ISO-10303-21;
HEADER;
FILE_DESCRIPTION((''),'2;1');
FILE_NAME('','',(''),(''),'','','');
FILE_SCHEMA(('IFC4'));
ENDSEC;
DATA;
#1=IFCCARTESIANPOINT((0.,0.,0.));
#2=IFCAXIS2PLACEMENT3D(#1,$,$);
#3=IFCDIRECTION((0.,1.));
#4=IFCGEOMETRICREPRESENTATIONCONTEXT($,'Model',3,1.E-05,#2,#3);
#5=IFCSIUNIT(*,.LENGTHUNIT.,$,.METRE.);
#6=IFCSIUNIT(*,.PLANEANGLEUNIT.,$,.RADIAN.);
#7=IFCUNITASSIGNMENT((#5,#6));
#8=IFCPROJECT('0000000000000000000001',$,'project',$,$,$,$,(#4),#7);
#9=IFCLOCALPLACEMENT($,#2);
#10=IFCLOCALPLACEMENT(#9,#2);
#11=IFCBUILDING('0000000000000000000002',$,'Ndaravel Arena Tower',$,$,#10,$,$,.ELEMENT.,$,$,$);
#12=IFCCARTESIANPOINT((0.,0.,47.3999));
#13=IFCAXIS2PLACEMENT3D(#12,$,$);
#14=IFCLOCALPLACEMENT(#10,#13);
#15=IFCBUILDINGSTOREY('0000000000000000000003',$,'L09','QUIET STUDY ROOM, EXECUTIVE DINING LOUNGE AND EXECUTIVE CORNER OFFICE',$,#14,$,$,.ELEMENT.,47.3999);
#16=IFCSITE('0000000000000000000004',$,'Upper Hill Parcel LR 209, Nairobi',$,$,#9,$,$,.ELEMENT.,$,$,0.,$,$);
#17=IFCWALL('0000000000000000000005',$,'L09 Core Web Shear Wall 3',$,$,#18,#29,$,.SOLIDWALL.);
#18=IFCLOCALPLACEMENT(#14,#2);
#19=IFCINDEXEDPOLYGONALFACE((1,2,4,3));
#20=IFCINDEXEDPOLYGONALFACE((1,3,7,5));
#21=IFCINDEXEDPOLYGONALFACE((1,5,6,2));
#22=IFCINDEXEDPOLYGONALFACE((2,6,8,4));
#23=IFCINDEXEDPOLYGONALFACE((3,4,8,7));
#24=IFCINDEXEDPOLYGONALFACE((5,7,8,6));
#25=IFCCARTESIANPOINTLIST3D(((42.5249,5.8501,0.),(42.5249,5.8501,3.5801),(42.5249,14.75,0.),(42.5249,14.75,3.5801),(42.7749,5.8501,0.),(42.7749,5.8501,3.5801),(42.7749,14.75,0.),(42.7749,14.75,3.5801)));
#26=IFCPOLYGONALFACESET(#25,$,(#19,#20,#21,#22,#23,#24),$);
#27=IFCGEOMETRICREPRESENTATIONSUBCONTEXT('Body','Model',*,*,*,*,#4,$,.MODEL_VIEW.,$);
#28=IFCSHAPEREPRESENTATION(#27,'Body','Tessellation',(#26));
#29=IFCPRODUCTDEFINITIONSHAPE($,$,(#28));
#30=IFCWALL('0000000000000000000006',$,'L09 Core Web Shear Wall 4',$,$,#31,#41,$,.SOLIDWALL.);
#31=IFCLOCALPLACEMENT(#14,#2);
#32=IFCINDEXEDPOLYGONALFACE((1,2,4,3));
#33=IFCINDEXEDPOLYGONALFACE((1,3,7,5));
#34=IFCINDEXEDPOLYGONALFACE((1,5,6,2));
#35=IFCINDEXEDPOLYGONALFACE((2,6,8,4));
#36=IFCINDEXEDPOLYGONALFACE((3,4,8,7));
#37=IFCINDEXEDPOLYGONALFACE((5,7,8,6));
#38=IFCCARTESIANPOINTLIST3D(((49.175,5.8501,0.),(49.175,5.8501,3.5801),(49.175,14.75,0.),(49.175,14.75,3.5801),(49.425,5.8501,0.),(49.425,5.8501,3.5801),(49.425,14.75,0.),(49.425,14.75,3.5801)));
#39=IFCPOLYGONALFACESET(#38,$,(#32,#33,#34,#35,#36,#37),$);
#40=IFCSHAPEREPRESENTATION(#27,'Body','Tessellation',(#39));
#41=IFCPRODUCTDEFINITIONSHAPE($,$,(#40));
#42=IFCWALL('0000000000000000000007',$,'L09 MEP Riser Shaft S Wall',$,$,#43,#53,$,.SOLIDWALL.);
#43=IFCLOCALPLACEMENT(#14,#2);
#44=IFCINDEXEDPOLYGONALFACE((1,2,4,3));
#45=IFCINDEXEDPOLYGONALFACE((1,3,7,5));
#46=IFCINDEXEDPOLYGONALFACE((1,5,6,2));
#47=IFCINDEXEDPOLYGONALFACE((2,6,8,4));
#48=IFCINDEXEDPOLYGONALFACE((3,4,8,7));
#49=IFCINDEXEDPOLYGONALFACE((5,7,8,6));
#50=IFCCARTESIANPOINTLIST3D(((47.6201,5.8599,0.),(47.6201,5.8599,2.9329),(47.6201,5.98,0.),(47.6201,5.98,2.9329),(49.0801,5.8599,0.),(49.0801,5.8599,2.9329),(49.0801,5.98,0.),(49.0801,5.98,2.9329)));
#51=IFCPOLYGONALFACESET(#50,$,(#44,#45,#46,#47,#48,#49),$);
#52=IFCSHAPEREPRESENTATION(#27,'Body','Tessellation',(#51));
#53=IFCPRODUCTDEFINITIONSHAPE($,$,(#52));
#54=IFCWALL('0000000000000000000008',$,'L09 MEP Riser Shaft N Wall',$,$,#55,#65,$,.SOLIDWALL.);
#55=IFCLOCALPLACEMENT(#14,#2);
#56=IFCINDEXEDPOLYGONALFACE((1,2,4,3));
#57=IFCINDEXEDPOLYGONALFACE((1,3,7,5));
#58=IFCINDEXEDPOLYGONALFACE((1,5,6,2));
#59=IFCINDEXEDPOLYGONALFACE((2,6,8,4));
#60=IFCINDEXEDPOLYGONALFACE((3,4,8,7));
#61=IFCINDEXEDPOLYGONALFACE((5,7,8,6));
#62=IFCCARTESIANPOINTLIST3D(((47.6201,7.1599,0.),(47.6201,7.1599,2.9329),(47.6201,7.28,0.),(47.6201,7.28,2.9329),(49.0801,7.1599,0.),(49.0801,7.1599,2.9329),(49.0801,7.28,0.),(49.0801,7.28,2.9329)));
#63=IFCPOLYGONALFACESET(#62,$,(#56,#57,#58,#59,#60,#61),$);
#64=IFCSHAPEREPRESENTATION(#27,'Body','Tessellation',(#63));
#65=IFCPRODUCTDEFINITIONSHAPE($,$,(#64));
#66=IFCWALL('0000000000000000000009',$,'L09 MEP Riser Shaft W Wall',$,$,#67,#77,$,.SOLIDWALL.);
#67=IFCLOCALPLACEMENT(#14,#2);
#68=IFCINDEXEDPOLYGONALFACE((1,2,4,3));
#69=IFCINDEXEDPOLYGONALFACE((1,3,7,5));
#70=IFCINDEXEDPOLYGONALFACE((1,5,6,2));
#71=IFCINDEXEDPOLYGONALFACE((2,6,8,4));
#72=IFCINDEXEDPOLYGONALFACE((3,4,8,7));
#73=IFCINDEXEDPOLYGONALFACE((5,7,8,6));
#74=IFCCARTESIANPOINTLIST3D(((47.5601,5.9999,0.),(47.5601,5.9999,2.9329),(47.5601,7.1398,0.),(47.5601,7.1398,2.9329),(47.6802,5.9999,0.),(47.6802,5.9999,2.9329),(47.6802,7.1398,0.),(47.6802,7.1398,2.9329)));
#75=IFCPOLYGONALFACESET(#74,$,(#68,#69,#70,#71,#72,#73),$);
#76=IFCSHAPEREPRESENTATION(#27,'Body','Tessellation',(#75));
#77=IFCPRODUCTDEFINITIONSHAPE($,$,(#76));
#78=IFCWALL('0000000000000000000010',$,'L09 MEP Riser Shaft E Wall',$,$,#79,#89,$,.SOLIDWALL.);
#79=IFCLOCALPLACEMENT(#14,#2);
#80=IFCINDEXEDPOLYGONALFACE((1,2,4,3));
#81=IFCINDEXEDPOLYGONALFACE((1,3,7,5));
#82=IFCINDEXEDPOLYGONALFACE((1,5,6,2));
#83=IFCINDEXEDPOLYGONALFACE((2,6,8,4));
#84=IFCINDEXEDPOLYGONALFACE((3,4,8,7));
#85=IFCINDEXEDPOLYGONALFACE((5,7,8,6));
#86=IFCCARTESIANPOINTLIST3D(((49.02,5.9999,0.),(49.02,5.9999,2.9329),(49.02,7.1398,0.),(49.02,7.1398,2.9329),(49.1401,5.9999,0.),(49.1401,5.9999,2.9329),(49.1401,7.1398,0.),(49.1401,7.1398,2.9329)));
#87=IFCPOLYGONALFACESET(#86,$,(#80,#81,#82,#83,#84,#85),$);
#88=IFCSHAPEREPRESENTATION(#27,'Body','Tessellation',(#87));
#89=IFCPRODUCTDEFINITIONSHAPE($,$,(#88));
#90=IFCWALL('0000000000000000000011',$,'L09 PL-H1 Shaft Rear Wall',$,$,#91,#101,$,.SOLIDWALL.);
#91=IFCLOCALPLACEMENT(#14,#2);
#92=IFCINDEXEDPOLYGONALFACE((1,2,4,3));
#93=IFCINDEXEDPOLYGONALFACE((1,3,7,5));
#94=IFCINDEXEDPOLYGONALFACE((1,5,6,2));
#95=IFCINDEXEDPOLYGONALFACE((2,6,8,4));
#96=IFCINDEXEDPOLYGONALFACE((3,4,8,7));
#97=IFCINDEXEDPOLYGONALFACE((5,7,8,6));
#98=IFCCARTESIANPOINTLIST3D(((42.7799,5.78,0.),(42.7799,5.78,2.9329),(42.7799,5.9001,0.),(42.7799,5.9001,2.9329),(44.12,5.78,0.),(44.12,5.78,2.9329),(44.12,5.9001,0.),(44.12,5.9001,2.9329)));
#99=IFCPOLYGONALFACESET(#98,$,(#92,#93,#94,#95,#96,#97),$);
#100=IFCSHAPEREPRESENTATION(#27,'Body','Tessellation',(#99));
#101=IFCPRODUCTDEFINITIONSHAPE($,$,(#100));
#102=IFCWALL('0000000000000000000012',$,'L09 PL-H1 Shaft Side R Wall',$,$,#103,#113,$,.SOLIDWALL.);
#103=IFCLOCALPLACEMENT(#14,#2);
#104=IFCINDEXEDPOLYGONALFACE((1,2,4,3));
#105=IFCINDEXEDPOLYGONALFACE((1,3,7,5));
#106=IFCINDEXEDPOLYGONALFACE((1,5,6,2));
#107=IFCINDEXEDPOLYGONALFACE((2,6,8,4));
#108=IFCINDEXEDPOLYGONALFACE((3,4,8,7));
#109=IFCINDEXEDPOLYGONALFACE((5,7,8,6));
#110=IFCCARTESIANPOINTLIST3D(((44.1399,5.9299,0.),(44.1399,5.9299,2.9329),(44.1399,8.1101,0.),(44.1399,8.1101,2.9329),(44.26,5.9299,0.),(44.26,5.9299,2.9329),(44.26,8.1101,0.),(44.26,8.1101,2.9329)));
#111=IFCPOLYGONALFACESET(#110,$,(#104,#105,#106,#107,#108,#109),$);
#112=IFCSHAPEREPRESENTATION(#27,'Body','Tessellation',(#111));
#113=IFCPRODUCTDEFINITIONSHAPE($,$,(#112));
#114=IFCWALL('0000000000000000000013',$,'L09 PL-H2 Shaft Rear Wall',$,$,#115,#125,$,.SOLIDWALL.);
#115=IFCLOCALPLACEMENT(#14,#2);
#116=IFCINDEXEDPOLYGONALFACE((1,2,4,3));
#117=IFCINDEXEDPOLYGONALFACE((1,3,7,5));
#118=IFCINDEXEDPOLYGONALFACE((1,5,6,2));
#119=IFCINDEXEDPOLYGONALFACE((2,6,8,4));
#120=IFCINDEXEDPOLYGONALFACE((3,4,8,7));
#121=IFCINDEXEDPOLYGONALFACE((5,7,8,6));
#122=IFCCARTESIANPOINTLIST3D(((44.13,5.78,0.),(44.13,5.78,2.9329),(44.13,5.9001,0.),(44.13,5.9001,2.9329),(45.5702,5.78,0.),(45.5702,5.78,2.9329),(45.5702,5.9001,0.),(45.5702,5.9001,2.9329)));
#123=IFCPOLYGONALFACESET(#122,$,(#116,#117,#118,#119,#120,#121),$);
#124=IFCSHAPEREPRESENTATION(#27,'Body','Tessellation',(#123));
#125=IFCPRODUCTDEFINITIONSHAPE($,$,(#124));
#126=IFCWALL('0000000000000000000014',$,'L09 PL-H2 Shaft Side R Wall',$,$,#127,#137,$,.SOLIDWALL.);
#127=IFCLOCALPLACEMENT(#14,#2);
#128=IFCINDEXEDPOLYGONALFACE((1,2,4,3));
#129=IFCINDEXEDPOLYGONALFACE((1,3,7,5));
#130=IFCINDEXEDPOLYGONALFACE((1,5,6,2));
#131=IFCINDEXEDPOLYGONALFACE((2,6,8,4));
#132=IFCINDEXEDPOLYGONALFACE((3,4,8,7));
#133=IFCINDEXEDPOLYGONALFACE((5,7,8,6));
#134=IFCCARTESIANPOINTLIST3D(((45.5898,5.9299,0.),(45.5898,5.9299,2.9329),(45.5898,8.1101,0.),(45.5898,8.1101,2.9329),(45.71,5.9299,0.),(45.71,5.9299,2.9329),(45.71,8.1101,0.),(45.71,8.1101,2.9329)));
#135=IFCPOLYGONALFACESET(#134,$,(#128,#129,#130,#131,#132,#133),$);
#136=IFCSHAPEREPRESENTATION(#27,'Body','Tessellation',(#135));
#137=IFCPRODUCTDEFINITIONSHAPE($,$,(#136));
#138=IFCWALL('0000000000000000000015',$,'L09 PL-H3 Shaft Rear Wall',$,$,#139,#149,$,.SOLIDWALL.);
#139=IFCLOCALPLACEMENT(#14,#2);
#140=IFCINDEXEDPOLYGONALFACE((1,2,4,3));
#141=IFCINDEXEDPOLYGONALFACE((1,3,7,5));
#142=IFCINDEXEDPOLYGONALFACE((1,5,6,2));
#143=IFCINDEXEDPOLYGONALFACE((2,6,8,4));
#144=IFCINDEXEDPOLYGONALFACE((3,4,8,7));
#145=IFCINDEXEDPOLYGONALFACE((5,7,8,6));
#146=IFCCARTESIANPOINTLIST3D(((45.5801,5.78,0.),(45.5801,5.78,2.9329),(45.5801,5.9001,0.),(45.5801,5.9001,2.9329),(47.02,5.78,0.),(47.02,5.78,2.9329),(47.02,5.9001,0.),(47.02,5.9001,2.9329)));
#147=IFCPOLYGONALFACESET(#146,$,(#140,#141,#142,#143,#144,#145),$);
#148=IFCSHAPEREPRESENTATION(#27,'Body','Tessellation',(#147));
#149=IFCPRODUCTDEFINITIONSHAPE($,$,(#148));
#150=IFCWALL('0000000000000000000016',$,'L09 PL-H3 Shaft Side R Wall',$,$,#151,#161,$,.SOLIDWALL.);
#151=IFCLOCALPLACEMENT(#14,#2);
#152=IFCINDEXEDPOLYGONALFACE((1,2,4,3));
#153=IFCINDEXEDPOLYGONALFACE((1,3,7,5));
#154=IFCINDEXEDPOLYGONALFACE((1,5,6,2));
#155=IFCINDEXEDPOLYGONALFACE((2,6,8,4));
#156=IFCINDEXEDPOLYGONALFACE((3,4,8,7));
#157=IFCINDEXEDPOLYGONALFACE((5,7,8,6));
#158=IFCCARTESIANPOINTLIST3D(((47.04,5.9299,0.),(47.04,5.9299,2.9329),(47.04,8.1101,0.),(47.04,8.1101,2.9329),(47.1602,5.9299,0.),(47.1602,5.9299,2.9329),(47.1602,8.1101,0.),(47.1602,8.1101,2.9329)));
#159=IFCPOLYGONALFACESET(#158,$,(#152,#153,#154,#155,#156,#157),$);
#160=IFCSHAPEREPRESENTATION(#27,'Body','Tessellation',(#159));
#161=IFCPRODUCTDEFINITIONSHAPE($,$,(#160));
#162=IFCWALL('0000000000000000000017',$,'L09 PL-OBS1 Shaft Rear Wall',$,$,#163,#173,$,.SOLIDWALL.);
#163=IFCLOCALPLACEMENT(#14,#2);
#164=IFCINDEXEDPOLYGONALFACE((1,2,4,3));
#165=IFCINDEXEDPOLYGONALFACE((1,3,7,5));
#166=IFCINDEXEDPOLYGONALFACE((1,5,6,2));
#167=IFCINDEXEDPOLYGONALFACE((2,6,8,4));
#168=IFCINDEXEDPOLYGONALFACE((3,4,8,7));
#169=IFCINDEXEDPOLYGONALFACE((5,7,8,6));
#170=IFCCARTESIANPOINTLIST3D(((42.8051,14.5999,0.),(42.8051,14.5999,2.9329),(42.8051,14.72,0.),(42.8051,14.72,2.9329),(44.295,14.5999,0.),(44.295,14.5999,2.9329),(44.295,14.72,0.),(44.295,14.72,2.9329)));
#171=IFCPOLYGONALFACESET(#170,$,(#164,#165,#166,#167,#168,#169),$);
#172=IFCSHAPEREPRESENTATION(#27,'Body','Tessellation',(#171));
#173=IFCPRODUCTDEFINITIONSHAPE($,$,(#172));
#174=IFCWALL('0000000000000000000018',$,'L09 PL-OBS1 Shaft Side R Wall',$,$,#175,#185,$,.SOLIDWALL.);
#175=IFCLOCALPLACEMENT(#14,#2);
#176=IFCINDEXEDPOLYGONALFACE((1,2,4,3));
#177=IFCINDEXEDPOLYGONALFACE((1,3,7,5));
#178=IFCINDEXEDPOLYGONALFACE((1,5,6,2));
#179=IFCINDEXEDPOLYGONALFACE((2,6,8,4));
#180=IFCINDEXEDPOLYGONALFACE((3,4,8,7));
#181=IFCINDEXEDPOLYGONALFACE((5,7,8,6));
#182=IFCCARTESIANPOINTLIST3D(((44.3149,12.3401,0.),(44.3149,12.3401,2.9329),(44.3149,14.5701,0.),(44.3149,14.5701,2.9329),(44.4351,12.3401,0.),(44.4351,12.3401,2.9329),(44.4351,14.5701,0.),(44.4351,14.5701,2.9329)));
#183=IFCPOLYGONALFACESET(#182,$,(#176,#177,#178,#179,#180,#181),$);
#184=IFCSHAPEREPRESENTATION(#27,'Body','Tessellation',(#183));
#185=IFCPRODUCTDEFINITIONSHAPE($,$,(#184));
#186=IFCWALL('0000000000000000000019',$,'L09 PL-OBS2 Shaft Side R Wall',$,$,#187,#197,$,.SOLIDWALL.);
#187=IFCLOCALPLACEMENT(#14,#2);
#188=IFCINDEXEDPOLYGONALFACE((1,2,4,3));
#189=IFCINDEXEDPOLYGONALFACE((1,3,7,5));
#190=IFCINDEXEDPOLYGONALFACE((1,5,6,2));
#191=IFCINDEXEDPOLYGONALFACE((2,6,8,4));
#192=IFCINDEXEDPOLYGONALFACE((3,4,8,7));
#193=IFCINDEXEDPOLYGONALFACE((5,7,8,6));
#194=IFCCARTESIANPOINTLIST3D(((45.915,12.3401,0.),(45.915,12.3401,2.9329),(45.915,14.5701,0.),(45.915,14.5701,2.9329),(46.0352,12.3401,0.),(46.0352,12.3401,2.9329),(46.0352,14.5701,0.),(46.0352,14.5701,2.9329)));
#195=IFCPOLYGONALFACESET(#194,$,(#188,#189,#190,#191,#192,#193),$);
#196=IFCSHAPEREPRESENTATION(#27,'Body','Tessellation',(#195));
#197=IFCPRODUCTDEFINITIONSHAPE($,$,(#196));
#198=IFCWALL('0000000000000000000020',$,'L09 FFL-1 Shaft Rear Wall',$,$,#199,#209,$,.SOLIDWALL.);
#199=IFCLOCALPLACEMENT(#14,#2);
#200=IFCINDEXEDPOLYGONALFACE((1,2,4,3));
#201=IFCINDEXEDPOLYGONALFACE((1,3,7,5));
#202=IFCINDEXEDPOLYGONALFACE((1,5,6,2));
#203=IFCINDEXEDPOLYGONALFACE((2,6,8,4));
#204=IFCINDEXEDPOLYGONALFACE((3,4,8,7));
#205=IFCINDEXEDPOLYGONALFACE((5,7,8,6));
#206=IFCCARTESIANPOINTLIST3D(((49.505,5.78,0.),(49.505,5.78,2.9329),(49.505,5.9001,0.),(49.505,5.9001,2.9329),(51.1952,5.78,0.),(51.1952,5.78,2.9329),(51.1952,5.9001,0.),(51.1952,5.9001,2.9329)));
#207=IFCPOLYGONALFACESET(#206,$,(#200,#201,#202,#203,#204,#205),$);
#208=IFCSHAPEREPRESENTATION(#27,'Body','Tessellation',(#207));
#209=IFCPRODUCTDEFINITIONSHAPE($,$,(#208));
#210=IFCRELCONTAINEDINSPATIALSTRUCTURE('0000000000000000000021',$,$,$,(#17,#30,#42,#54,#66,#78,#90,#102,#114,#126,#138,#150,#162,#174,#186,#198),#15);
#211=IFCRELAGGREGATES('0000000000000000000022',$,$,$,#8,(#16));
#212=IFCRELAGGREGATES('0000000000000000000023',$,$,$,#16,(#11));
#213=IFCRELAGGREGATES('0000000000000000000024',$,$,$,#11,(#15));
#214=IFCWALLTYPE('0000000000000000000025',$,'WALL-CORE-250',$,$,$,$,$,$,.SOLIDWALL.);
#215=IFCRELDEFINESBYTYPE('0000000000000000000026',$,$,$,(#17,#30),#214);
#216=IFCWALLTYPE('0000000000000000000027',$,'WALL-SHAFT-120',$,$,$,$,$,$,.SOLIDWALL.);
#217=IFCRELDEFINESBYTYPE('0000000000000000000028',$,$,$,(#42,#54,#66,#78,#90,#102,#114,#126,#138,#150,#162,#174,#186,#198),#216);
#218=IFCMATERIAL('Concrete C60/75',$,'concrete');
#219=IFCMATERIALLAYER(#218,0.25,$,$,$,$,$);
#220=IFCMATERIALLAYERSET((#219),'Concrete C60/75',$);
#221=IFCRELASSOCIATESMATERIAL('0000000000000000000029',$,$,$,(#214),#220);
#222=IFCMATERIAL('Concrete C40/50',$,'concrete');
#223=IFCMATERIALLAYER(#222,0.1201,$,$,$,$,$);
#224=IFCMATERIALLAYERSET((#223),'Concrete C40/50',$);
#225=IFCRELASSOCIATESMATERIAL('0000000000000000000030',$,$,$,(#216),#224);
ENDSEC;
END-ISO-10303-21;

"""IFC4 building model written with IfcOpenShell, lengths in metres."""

from ifc_helpers import new_model, si_unit, direction, frame, frame_2d, origin, place, context, subcontext, project, spatial, rectangle, extrude, material, layer, layer_set, type_object, element, save


model = new_model("IFC4")

# Units and contexts
model_context = context("Model", 3, precision=1e-05, world=origin(), true_north=direction((0.0, 1.0)))
body_context = subcontext(model_context, "Body", "Model", "MODEL_VIEW")
ifc_project = project(units=[si_unit("LENGTHUNIT", "METRE"), si_unit("PLANEANGLEUNIT", "RADIAN")], contexts=[model_context])

# Site, building, storey
site_placement = place(None, origin())
site = spatial("IfcSite", under=ifc_project, at=site_placement, Name="Upper Hill Parcel LR 209, Nairobi", CompositionType="ELEMENT", RefElevation=0.0)
building_placement = place(site_placement, origin())
building = spatial("IfcBuilding", under=site, at=building_placement, Name="Ndaravel Arena Tower", CompositionType="ELEMENT")
storey_placement = place(building_placement, frame((0.0, 0.0, 47.3999)))
storey = spatial("IfcBuildingStorey", under=building, at=storey_placement, Name="L09", Description="QUIET STUDY ROOM, EXECUTIVE DINING LOUNGE AND EXECUTIVE CORNER OFFICE", CompositionType="ELEMENT", Elevation=47.3999)

# Walls
ifc_material_1 = material(Name="Concrete C60/75", Category="concrete")
ifc_layer_1 = layer(ifc_material_1, 0.25)
ifc_layer_set_1 = layer_set([ifc_layer_1], Name="Concrete C60/75")
wall_type_1 = type_object("IfcWallType", Name="WALL-CORE-250", PredefinedType="SOLIDWALL", material=ifc_layer_set_1)
for number, where, z_axis, x_axis, name in (
    (1, (42.6499, 5.8501, 0.0), (0.0, 0.0, 1.0), (0.0, 1.0, 0.0), "L09 Core Web Shear Wall 3"),
    (2, (49.3, 5.8501, 0.0), (0.0, 0.0, 1.0), (0.0, 1.0, 0.0), "L09 Core Web Shear Wall 4"),
):
    element("IfcWall", number, at=place(storey_placement, frame(where, z_axis=z_axis, x_axis=x_axis)), inside=storey, type_object=wall_type_1, Name=name, PredefinedType="SOLIDWALL", context=body_context, shape_type="SweptSolid", body=[
        extrude(rectangle(XDim=8.8999, YDim=0.25, at=frame_2d((4.45, 0.0))), origin(), (0.0, 0.0, 1.0), 3.5801),
    ])
ifc_material_2 = material(Name="Concrete C40/50", Category="concrete")
ifc_layer_2 = layer(ifc_material_2, 0.1201)
ifc_layer_set_2 = layer_set([ifc_layer_2], Name="Concrete C40/50")
wall_type_2 = type_object("IfcWallType", Name="WALL-SHAFT-120", PredefinedType="SOLIDWALL", material=ifc_layer_set_2)
for number, where, z_axis, x_axis, name in (
    (3, (47.6201, 5.9199, 0.0), (0.0, 0.0, 1.0), (1.0, 0.0, 0.0), "L09 MEP Riser Shaft S Wall"),
    (4, (47.6201, 7.22, 0.0), (0.0, 0.0, 1.0), (1.0, 0.0, 0.0), "L09 MEP Riser Shaft N Wall"),
):
    element("IfcWall", number, at=place(storey_placement, frame(where, z_axis=z_axis, x_axis=x_axis)), inside=storey, type_object=wall_type_2, Name=name, PredefinedType="SOLIDWALL", context=body_context, shape_type="SweptSolid", body=[
        extrude(rectangle(XDim=1.46, YDim=0.1201, at=frame_2d((0.73, 0.0))), origin(), (0.0, 0.0, 1.0), 2.9329),
    ])
for number, where, z_axis, x_axis, name in (
    (5, (47.6201, 6.0, 0.0), (0.0, 0.0, 1.0), (0.0, 1.0, 0.0), "L09 MEP Riser Shaft W Wall"),
    (6, (49.0801, 6.0, 0.0), (0.0, 0.0, 1.0), (0.0, 1.0, 0.0), "L09 MEP Riser Shaft E Wall"),
):
    element("IfcWall", number, at=place(storey_placement, frame(where, z_axis=z_axis, x_axis=x_axis)), inside=storey, type_object=wall_type_2, Name=name, PredefinedType="SOLIDWALL", context=body_context, shape_type="SweptSolid", body=[
        extrude(rectangle(XDim=1.1399, YDim=0.1201, at=frame_2d((0.5698, 0.0))), origin(), (0.0, 0.0, 1.0), 2.9329),
    ])
wall_1_placement = place(storey_placement, frame((42.78, 5.8401, 0.0), z_axis=(0.0, 0.0, 1.0), x_axis=(1.0, 0.0, 0.0)))
element("IfcWall", 7, at=wall_1_placement, inside=storey, type_object=wall_type_2, Name="L09 PL-H1 Shaft Rear Wall", PredefinedType="SOLIDWALL", context=body_context, shape_type="SweptSolid", body=[
    extrude(rectangle(XDim=1.3401, YDim=0.1201, at=frame_2d((0.6699, 0.0))), origin(), (0.0, 0.0, 1.0), 2.9329),
])
wall_2_placement = place(storey_placement, frame((44.2, 5.9299, 0.0), z_axis=(0.0, 0.0, 1.0), x_axis=(0.0, 1.0, 0.0)))
element("IfcWall", 8, at=wall_2_placement, inside=storey, type_object=wall_type_2, Name="L09 PL-H1 Shaft Side R Wall", PredefinedType="SOLIDWALL", context=body_context, shape_type="SweptSolid", body=[
    extrude(rectangle(XDim=2.1802, YDim=0.1201, at=frame_2d((1.0901, 0.0))), origin(), (0.0, 0.0, 1.0), 2.9329),
])
wall_3_placement = place(storey_placement, frame((44.1299, 5.8401, 0.0), z_axis=(0.0, 0.0, 1.0), x_axis=(1.0, 0.0, 0.0)))
element("IfcWall", 9, at=wall_3_placement, inside=storey, type_object=wall_type_2, Name="L09 PL-H2 Shaft Rear Wall", PredefinedType="SOLIDWALL", context=body_context, shape_type="SweptSolid", body=[
    extrude(rectangle(XDim=1.4402, YDim=0.1201, at=frame_2d((0.7202, 0.0))), origin(), (0.0, 0.0, 1.0), 2.9329),
])
wall_4_placement = place(storey_placement, frame((45.6499, 5.9299, 0.0), z_axis=(0.0, 0.0, 1.0), x_axis=(0.0, 1.0, 0.0)))
element("IfcWall", 10, at=wall_4_placement, inside=storey, type_object=wall_type_2, Name="L09 PL-H2 Shaft Side R Wall", PredefinedType="SOLIDWALL", context=body_context, shape_type="SweptSolid", body=[
    extrude(rectangle(XDim=2.1802, YDim=0.1201, at=frame_2d((1.0901, 0.0))), origin(), (0.0, 0.0, 1.0), 2.9329),
])
wall_5_placement = place(storey_placement, frame((45.5801, 5.8401, 0.0), z_axis=(0.0, 0.0, 1.0), x_axis=(1.0, 0.0, 0.0)))
element("IfcWall", 11, at=wall_5_placement, inside=storey, type_object=wall_type_2, Name="L09 PL-H3 Shaft Rear Wall", PredefinedType="SOLIDWALL", context=body_context, shape_type="SweptSolid", body=[
    extrude(rectangle(XDim=1.4399, YDim=0.1201, at=frame_2d((0.72, 0.0))), origin(), (0.0, 0.0, 1.0), 2.9329),
])
wall_6_placement = place(storey_placement, frame((47.1001, 5.9299, 0.0), z_axis=(0.0, 0.0, 1.0), x_axis=(0.0, 1.0, 0.0)))
element("IfcWall", 12, at=wall_6_placement, inside=storey, type_object=wall_type_2, Name="L09 PL-H3 Shaft Side R Wall", PredefinedType="SOLIDWALL", context=body_context, shape_type="SweptSolid", body=[
    extrude(rectangle(XDim=2.1802, YDim=0.1201, at=frame_2d((1.0901, 0.0))), origin(), (0.0, 0.0, 1.0), 2.9329),
])
wall_7_placement = place(storey_placement, frame((42.8049, 14.6599, 0.0), z_axis=(0.0, 0.0, 1.0), x_axis=(1.0, 0.0, 0.0)))
element("IfcWall", 13, at=wall_7_placement, inside=storey, type_object=wall_type_2, Name="L09 PL-OBS1 Shaft Rear Wall", PredefinedType="SOLIDWALL", context=body_context, shape_type="SweptSolid", body=[
    extrude(rectangle(XDim=1.49, YDim=0.1201, at=frame_2d((0.7451, 0.0))), origin(), (0.0, 0.0, 1.0), 2.9329),
])
for number, where, z_axis, x_axis, name in (
    (14, (44.375, 12.3401, 0.0), (0.0, 0.0, 1.0), (0.0, 1.0, 0.0), "L09 PL-OBS1 Shaft Side R Wall"),
    (15, (45.9751, 12.3401, 0.0), (0.0, 0.0, 1.0), (0.0, 1.0, 0.0), "L09 PL-OBS2 Shaft Side R Wall"),
):
    element("IfcWall", number, at=place(storey_placement, frame(where, z_axis=z_axis, x_axis=x_axis)), inside=storey, type_object=wall_type_2, Name=name, PredefinedType="SOLIDWALL", context=body_context, shape_type="SweptSolid", body=[
        extrude(rectangle(XDim=2.23, YDim=0.1201, at=frame_2d((1.115, 0.0))), origin(), (0.0, 0.0, 1.0), 2.9329),
    ])
wall_8_placement = place(storey_placement, frame((49.5049, 5.8401, 0.0), z_axis=(0.0, 0.0, 1.0), x_axis=(1.0, 0.0, 0.0)))
element("IfcWall", 16, at=wall_8_placement, inside=storey, type_object=wall_type_2, Name="L09 FFL-1 Shaft Rear Wall", PredefinedType="SOLIDWALL", context=body_context, shape_type="SweptSolid", body=[
    extrude(rectangle(XDim=1.6902, YDim=0.1201, at=frame_2d((0.8452, 0.0))), origin(), (0.0, 0.0, 1.0), 2.9329),
])

save(model, "model.ifc")
